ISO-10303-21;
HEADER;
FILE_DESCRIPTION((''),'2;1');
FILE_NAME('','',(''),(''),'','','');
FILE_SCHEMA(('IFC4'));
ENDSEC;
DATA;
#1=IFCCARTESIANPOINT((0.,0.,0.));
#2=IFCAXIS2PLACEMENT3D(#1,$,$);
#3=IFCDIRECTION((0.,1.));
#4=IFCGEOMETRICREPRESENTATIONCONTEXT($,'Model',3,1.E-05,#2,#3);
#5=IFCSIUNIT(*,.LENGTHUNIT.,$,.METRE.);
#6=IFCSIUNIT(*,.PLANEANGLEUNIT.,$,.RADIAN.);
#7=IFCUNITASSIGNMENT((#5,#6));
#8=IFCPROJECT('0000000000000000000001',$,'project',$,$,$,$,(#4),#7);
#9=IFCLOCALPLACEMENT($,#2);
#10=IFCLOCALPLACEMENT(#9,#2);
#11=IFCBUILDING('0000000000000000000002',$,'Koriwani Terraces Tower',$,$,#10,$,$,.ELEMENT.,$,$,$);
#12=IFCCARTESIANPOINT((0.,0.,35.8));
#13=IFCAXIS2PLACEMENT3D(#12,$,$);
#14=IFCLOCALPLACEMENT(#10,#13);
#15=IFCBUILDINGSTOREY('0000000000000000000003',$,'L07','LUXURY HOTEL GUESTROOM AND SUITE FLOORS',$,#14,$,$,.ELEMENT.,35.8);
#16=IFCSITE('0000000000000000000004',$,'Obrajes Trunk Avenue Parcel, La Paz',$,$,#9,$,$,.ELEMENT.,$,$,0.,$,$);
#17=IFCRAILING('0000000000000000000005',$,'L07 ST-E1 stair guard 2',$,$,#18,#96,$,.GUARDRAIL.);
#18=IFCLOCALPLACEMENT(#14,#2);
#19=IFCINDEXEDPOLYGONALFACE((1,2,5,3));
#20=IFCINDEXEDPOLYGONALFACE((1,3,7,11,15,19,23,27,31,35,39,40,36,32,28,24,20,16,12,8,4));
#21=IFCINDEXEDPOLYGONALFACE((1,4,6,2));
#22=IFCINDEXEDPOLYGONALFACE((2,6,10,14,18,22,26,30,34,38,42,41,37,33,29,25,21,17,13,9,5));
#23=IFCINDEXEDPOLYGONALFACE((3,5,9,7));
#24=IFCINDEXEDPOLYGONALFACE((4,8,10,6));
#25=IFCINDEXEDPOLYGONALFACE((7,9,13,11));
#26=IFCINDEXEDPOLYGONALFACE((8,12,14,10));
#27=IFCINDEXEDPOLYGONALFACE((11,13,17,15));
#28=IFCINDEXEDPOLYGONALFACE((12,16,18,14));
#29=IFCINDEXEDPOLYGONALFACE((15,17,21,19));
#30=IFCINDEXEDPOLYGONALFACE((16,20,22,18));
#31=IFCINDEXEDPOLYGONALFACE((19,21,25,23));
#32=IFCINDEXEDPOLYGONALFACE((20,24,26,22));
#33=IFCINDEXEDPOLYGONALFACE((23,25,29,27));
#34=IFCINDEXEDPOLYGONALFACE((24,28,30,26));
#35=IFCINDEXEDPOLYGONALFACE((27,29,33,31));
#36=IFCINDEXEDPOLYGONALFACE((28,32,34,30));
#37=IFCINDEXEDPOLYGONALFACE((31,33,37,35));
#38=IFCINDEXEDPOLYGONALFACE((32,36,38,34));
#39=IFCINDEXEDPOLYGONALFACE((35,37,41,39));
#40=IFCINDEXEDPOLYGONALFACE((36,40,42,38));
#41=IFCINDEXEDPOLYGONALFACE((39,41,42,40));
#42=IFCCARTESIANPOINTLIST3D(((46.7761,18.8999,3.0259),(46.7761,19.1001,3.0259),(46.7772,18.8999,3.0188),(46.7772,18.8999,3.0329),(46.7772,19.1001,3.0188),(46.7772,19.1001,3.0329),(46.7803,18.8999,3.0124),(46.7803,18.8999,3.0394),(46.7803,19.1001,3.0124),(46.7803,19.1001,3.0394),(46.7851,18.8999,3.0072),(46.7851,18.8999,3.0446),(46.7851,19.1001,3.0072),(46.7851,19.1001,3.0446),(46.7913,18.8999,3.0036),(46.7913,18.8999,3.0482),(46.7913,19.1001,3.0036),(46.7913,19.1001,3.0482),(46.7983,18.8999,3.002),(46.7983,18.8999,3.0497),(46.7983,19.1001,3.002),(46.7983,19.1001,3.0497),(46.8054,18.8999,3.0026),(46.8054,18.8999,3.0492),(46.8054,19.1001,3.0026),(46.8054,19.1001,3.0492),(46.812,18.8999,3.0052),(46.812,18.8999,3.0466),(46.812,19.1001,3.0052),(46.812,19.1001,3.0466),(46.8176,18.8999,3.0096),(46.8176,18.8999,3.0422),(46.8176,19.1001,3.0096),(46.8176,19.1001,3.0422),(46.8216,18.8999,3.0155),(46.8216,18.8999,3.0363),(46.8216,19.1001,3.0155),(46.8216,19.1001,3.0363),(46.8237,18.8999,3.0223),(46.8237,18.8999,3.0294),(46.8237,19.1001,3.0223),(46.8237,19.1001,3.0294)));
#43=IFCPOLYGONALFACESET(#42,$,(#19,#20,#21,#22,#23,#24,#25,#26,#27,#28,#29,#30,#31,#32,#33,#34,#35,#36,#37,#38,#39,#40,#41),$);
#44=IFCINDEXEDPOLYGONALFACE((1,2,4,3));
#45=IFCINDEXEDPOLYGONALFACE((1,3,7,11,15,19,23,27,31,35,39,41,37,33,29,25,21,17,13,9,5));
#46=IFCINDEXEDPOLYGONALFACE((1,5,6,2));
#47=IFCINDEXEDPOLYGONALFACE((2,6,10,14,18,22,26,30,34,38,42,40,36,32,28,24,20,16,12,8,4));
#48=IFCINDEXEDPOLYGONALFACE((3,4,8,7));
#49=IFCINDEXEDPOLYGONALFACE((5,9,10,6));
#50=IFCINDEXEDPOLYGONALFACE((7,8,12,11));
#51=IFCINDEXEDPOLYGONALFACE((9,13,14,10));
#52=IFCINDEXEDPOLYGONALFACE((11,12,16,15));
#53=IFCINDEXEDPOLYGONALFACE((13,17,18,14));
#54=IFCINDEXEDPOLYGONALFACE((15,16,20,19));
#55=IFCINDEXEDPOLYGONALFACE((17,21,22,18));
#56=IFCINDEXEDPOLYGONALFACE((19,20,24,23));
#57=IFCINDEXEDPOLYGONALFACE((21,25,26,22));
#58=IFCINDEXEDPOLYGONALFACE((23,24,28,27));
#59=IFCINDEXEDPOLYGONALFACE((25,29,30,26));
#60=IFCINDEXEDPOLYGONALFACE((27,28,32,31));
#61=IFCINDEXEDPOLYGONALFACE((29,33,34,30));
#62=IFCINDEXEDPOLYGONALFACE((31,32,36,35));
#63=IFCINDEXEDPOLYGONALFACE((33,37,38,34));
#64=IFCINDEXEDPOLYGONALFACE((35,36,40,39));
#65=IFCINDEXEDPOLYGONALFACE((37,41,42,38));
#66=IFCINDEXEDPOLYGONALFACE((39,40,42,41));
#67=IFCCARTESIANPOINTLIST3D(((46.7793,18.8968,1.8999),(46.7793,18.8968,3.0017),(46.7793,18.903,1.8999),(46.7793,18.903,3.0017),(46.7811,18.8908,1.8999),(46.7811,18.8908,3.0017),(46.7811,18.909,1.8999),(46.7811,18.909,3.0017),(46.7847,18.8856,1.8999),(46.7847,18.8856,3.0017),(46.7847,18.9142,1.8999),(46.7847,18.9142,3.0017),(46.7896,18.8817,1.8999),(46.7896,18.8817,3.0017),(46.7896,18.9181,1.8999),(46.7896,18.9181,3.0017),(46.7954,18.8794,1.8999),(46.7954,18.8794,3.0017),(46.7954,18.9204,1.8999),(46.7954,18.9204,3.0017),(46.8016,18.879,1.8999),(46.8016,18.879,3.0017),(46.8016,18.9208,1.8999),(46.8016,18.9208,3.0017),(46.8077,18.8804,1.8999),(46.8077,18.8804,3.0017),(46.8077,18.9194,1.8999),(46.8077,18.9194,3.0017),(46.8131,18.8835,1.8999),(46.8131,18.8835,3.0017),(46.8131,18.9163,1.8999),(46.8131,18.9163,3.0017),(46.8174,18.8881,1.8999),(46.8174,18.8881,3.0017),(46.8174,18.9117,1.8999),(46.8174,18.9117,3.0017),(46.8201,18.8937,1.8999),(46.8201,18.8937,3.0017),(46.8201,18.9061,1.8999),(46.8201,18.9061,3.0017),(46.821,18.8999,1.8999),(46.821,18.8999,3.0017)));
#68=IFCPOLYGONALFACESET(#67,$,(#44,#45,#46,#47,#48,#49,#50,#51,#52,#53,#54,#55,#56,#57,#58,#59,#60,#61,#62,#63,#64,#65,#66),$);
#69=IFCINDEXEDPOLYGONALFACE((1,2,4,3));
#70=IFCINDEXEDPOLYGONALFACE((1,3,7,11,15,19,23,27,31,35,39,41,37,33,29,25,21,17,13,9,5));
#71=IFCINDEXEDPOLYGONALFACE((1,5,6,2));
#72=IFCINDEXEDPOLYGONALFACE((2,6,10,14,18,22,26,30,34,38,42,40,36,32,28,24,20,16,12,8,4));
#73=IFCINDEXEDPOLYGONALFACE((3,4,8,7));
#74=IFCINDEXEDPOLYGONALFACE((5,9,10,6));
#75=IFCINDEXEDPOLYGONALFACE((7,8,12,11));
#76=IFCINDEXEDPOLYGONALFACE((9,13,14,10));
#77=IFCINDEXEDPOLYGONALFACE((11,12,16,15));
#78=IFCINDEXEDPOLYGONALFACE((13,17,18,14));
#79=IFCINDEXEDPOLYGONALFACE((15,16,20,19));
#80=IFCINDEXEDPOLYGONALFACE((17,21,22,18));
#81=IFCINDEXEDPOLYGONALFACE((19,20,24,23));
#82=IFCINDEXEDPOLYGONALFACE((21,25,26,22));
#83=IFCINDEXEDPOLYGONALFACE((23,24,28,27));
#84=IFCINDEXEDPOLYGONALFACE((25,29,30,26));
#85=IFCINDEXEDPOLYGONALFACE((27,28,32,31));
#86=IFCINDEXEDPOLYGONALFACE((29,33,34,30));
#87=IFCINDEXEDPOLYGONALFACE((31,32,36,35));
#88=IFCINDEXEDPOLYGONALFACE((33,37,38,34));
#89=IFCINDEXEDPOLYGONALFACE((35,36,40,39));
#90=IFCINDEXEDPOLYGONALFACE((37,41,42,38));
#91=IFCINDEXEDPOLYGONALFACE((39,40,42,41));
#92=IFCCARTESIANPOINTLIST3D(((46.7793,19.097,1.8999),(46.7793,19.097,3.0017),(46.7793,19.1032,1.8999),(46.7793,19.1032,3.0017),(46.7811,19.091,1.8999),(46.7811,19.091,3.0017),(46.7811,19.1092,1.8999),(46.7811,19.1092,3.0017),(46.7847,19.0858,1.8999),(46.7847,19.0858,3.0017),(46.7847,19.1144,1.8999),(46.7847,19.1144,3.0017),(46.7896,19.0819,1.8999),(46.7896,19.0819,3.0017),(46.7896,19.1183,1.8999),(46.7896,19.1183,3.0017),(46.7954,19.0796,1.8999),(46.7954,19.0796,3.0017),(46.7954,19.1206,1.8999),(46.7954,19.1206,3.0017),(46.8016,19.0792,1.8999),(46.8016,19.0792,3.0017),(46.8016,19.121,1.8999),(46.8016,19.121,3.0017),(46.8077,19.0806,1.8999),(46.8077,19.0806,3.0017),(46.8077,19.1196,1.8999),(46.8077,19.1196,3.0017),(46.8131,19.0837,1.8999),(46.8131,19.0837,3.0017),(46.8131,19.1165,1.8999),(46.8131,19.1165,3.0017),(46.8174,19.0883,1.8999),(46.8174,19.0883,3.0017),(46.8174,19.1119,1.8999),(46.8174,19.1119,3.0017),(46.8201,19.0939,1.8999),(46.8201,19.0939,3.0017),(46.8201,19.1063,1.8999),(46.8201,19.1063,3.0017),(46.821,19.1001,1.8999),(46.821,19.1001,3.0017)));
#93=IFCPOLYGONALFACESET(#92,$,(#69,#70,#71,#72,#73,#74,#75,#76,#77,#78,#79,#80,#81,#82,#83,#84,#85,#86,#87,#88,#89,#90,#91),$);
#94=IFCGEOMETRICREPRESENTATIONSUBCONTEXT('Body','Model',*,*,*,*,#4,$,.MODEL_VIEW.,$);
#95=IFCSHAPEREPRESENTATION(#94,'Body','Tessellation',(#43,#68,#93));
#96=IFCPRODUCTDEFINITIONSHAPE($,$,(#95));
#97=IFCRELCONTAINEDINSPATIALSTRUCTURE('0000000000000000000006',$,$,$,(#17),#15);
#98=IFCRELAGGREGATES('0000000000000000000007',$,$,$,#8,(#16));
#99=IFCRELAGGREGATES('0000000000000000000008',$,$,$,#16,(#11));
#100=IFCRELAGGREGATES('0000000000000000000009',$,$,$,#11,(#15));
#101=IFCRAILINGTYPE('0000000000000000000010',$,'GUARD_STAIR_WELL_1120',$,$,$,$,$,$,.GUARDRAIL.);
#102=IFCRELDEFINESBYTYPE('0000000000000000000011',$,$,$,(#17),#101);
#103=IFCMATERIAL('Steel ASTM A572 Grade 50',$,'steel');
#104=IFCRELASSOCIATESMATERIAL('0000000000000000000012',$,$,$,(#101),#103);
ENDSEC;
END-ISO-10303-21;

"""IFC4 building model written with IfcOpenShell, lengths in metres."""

from ifc_helpers import new_model, si_unit, direction, frame, origin, origin_2d, place, context, subcontext, project, spatial, circle, extrude, material, type_object, element, save


model = new_model("IFC4")

# Units and contexts
model_context = context("Model", 3, precision=1e-05, world=origin(), true_north=direction((0.0, 1.0)))
body_context = subcontext(model_context, "Body", "Model", "MODEL_VIEW")
ifc_project = project(units=[si_unit("LENGTHUNIT", "METRE"), si_unit("PLANEANGLEUNIT", "RADIAN")], contexts=[model_context])

# Site, building, storey
site_placement = place(None, origin())
site = spatial("IfcSite", under=ifc_project, at=site_placement, Name="Obrajes Trunk Avenue Parcel, La Paz", CompositionType="ELEMENT", RefElevation=0.0)
building_placement = place(site_placement, origin())
building = spatial("IfcBuilding", under=site, at=building_placement, Name="Koriwani Terraces Tower", CompositionType="ELEMENT")
storey_placement = place(building_placement, frame((0.0, 0.0, 35.8)))
storey = spatial("IfcBuildingStorey", under=building, at=storey_placement, Name="L07", Description="LUXURY HOTEL GUESTROOM AND SUITE FLOORS", CompositionType="ELEMENT", Elevation=35.8)

# Shared definitions
ifc_material_1 = material(Name="Steel ASTM A572 Grade 50", Category="steel")

# Railing
railing_type_1 = type_object("IfcRailingType", Name="GUARD_STAIR_WELL_1120", PredefinedType="GUARDRAIL", material=ifc_material_1)
railing_1_placement = place(storey_placement, frame((46.8, 18.8999, 1.8999)))
element("IfcRailing", 1, at=railing_1_placement, inside=storey, type_object=railing_type_1, Name="L07 ST-E1 stair guard 2", PredefinedType="GUARDRAIL", context=body_context, shape_type="SweptSolid", body=[
    extrude(circle(Radius=0.0239, at=origin_2d()), frame((0.0, 0.0, 1.126), z_axis=(0.0, 1.0, 0.0), x_axis=(-1.0, 0.0, 0.0)), (0.0, 0.0, 1.0), 0.2002),
    extrude(circle(Radius=0.021, at=origin_2d()), origin(), (0.0, 0.0, 1.0), 1.1018),
    extrude(circle(Radius=0.021, at=origin_2d()), frame((0.0, 0.2002, 0.0)), (0.0, 0.0, 1.0), 1.1018),
])

save(model, "model.ifc")
